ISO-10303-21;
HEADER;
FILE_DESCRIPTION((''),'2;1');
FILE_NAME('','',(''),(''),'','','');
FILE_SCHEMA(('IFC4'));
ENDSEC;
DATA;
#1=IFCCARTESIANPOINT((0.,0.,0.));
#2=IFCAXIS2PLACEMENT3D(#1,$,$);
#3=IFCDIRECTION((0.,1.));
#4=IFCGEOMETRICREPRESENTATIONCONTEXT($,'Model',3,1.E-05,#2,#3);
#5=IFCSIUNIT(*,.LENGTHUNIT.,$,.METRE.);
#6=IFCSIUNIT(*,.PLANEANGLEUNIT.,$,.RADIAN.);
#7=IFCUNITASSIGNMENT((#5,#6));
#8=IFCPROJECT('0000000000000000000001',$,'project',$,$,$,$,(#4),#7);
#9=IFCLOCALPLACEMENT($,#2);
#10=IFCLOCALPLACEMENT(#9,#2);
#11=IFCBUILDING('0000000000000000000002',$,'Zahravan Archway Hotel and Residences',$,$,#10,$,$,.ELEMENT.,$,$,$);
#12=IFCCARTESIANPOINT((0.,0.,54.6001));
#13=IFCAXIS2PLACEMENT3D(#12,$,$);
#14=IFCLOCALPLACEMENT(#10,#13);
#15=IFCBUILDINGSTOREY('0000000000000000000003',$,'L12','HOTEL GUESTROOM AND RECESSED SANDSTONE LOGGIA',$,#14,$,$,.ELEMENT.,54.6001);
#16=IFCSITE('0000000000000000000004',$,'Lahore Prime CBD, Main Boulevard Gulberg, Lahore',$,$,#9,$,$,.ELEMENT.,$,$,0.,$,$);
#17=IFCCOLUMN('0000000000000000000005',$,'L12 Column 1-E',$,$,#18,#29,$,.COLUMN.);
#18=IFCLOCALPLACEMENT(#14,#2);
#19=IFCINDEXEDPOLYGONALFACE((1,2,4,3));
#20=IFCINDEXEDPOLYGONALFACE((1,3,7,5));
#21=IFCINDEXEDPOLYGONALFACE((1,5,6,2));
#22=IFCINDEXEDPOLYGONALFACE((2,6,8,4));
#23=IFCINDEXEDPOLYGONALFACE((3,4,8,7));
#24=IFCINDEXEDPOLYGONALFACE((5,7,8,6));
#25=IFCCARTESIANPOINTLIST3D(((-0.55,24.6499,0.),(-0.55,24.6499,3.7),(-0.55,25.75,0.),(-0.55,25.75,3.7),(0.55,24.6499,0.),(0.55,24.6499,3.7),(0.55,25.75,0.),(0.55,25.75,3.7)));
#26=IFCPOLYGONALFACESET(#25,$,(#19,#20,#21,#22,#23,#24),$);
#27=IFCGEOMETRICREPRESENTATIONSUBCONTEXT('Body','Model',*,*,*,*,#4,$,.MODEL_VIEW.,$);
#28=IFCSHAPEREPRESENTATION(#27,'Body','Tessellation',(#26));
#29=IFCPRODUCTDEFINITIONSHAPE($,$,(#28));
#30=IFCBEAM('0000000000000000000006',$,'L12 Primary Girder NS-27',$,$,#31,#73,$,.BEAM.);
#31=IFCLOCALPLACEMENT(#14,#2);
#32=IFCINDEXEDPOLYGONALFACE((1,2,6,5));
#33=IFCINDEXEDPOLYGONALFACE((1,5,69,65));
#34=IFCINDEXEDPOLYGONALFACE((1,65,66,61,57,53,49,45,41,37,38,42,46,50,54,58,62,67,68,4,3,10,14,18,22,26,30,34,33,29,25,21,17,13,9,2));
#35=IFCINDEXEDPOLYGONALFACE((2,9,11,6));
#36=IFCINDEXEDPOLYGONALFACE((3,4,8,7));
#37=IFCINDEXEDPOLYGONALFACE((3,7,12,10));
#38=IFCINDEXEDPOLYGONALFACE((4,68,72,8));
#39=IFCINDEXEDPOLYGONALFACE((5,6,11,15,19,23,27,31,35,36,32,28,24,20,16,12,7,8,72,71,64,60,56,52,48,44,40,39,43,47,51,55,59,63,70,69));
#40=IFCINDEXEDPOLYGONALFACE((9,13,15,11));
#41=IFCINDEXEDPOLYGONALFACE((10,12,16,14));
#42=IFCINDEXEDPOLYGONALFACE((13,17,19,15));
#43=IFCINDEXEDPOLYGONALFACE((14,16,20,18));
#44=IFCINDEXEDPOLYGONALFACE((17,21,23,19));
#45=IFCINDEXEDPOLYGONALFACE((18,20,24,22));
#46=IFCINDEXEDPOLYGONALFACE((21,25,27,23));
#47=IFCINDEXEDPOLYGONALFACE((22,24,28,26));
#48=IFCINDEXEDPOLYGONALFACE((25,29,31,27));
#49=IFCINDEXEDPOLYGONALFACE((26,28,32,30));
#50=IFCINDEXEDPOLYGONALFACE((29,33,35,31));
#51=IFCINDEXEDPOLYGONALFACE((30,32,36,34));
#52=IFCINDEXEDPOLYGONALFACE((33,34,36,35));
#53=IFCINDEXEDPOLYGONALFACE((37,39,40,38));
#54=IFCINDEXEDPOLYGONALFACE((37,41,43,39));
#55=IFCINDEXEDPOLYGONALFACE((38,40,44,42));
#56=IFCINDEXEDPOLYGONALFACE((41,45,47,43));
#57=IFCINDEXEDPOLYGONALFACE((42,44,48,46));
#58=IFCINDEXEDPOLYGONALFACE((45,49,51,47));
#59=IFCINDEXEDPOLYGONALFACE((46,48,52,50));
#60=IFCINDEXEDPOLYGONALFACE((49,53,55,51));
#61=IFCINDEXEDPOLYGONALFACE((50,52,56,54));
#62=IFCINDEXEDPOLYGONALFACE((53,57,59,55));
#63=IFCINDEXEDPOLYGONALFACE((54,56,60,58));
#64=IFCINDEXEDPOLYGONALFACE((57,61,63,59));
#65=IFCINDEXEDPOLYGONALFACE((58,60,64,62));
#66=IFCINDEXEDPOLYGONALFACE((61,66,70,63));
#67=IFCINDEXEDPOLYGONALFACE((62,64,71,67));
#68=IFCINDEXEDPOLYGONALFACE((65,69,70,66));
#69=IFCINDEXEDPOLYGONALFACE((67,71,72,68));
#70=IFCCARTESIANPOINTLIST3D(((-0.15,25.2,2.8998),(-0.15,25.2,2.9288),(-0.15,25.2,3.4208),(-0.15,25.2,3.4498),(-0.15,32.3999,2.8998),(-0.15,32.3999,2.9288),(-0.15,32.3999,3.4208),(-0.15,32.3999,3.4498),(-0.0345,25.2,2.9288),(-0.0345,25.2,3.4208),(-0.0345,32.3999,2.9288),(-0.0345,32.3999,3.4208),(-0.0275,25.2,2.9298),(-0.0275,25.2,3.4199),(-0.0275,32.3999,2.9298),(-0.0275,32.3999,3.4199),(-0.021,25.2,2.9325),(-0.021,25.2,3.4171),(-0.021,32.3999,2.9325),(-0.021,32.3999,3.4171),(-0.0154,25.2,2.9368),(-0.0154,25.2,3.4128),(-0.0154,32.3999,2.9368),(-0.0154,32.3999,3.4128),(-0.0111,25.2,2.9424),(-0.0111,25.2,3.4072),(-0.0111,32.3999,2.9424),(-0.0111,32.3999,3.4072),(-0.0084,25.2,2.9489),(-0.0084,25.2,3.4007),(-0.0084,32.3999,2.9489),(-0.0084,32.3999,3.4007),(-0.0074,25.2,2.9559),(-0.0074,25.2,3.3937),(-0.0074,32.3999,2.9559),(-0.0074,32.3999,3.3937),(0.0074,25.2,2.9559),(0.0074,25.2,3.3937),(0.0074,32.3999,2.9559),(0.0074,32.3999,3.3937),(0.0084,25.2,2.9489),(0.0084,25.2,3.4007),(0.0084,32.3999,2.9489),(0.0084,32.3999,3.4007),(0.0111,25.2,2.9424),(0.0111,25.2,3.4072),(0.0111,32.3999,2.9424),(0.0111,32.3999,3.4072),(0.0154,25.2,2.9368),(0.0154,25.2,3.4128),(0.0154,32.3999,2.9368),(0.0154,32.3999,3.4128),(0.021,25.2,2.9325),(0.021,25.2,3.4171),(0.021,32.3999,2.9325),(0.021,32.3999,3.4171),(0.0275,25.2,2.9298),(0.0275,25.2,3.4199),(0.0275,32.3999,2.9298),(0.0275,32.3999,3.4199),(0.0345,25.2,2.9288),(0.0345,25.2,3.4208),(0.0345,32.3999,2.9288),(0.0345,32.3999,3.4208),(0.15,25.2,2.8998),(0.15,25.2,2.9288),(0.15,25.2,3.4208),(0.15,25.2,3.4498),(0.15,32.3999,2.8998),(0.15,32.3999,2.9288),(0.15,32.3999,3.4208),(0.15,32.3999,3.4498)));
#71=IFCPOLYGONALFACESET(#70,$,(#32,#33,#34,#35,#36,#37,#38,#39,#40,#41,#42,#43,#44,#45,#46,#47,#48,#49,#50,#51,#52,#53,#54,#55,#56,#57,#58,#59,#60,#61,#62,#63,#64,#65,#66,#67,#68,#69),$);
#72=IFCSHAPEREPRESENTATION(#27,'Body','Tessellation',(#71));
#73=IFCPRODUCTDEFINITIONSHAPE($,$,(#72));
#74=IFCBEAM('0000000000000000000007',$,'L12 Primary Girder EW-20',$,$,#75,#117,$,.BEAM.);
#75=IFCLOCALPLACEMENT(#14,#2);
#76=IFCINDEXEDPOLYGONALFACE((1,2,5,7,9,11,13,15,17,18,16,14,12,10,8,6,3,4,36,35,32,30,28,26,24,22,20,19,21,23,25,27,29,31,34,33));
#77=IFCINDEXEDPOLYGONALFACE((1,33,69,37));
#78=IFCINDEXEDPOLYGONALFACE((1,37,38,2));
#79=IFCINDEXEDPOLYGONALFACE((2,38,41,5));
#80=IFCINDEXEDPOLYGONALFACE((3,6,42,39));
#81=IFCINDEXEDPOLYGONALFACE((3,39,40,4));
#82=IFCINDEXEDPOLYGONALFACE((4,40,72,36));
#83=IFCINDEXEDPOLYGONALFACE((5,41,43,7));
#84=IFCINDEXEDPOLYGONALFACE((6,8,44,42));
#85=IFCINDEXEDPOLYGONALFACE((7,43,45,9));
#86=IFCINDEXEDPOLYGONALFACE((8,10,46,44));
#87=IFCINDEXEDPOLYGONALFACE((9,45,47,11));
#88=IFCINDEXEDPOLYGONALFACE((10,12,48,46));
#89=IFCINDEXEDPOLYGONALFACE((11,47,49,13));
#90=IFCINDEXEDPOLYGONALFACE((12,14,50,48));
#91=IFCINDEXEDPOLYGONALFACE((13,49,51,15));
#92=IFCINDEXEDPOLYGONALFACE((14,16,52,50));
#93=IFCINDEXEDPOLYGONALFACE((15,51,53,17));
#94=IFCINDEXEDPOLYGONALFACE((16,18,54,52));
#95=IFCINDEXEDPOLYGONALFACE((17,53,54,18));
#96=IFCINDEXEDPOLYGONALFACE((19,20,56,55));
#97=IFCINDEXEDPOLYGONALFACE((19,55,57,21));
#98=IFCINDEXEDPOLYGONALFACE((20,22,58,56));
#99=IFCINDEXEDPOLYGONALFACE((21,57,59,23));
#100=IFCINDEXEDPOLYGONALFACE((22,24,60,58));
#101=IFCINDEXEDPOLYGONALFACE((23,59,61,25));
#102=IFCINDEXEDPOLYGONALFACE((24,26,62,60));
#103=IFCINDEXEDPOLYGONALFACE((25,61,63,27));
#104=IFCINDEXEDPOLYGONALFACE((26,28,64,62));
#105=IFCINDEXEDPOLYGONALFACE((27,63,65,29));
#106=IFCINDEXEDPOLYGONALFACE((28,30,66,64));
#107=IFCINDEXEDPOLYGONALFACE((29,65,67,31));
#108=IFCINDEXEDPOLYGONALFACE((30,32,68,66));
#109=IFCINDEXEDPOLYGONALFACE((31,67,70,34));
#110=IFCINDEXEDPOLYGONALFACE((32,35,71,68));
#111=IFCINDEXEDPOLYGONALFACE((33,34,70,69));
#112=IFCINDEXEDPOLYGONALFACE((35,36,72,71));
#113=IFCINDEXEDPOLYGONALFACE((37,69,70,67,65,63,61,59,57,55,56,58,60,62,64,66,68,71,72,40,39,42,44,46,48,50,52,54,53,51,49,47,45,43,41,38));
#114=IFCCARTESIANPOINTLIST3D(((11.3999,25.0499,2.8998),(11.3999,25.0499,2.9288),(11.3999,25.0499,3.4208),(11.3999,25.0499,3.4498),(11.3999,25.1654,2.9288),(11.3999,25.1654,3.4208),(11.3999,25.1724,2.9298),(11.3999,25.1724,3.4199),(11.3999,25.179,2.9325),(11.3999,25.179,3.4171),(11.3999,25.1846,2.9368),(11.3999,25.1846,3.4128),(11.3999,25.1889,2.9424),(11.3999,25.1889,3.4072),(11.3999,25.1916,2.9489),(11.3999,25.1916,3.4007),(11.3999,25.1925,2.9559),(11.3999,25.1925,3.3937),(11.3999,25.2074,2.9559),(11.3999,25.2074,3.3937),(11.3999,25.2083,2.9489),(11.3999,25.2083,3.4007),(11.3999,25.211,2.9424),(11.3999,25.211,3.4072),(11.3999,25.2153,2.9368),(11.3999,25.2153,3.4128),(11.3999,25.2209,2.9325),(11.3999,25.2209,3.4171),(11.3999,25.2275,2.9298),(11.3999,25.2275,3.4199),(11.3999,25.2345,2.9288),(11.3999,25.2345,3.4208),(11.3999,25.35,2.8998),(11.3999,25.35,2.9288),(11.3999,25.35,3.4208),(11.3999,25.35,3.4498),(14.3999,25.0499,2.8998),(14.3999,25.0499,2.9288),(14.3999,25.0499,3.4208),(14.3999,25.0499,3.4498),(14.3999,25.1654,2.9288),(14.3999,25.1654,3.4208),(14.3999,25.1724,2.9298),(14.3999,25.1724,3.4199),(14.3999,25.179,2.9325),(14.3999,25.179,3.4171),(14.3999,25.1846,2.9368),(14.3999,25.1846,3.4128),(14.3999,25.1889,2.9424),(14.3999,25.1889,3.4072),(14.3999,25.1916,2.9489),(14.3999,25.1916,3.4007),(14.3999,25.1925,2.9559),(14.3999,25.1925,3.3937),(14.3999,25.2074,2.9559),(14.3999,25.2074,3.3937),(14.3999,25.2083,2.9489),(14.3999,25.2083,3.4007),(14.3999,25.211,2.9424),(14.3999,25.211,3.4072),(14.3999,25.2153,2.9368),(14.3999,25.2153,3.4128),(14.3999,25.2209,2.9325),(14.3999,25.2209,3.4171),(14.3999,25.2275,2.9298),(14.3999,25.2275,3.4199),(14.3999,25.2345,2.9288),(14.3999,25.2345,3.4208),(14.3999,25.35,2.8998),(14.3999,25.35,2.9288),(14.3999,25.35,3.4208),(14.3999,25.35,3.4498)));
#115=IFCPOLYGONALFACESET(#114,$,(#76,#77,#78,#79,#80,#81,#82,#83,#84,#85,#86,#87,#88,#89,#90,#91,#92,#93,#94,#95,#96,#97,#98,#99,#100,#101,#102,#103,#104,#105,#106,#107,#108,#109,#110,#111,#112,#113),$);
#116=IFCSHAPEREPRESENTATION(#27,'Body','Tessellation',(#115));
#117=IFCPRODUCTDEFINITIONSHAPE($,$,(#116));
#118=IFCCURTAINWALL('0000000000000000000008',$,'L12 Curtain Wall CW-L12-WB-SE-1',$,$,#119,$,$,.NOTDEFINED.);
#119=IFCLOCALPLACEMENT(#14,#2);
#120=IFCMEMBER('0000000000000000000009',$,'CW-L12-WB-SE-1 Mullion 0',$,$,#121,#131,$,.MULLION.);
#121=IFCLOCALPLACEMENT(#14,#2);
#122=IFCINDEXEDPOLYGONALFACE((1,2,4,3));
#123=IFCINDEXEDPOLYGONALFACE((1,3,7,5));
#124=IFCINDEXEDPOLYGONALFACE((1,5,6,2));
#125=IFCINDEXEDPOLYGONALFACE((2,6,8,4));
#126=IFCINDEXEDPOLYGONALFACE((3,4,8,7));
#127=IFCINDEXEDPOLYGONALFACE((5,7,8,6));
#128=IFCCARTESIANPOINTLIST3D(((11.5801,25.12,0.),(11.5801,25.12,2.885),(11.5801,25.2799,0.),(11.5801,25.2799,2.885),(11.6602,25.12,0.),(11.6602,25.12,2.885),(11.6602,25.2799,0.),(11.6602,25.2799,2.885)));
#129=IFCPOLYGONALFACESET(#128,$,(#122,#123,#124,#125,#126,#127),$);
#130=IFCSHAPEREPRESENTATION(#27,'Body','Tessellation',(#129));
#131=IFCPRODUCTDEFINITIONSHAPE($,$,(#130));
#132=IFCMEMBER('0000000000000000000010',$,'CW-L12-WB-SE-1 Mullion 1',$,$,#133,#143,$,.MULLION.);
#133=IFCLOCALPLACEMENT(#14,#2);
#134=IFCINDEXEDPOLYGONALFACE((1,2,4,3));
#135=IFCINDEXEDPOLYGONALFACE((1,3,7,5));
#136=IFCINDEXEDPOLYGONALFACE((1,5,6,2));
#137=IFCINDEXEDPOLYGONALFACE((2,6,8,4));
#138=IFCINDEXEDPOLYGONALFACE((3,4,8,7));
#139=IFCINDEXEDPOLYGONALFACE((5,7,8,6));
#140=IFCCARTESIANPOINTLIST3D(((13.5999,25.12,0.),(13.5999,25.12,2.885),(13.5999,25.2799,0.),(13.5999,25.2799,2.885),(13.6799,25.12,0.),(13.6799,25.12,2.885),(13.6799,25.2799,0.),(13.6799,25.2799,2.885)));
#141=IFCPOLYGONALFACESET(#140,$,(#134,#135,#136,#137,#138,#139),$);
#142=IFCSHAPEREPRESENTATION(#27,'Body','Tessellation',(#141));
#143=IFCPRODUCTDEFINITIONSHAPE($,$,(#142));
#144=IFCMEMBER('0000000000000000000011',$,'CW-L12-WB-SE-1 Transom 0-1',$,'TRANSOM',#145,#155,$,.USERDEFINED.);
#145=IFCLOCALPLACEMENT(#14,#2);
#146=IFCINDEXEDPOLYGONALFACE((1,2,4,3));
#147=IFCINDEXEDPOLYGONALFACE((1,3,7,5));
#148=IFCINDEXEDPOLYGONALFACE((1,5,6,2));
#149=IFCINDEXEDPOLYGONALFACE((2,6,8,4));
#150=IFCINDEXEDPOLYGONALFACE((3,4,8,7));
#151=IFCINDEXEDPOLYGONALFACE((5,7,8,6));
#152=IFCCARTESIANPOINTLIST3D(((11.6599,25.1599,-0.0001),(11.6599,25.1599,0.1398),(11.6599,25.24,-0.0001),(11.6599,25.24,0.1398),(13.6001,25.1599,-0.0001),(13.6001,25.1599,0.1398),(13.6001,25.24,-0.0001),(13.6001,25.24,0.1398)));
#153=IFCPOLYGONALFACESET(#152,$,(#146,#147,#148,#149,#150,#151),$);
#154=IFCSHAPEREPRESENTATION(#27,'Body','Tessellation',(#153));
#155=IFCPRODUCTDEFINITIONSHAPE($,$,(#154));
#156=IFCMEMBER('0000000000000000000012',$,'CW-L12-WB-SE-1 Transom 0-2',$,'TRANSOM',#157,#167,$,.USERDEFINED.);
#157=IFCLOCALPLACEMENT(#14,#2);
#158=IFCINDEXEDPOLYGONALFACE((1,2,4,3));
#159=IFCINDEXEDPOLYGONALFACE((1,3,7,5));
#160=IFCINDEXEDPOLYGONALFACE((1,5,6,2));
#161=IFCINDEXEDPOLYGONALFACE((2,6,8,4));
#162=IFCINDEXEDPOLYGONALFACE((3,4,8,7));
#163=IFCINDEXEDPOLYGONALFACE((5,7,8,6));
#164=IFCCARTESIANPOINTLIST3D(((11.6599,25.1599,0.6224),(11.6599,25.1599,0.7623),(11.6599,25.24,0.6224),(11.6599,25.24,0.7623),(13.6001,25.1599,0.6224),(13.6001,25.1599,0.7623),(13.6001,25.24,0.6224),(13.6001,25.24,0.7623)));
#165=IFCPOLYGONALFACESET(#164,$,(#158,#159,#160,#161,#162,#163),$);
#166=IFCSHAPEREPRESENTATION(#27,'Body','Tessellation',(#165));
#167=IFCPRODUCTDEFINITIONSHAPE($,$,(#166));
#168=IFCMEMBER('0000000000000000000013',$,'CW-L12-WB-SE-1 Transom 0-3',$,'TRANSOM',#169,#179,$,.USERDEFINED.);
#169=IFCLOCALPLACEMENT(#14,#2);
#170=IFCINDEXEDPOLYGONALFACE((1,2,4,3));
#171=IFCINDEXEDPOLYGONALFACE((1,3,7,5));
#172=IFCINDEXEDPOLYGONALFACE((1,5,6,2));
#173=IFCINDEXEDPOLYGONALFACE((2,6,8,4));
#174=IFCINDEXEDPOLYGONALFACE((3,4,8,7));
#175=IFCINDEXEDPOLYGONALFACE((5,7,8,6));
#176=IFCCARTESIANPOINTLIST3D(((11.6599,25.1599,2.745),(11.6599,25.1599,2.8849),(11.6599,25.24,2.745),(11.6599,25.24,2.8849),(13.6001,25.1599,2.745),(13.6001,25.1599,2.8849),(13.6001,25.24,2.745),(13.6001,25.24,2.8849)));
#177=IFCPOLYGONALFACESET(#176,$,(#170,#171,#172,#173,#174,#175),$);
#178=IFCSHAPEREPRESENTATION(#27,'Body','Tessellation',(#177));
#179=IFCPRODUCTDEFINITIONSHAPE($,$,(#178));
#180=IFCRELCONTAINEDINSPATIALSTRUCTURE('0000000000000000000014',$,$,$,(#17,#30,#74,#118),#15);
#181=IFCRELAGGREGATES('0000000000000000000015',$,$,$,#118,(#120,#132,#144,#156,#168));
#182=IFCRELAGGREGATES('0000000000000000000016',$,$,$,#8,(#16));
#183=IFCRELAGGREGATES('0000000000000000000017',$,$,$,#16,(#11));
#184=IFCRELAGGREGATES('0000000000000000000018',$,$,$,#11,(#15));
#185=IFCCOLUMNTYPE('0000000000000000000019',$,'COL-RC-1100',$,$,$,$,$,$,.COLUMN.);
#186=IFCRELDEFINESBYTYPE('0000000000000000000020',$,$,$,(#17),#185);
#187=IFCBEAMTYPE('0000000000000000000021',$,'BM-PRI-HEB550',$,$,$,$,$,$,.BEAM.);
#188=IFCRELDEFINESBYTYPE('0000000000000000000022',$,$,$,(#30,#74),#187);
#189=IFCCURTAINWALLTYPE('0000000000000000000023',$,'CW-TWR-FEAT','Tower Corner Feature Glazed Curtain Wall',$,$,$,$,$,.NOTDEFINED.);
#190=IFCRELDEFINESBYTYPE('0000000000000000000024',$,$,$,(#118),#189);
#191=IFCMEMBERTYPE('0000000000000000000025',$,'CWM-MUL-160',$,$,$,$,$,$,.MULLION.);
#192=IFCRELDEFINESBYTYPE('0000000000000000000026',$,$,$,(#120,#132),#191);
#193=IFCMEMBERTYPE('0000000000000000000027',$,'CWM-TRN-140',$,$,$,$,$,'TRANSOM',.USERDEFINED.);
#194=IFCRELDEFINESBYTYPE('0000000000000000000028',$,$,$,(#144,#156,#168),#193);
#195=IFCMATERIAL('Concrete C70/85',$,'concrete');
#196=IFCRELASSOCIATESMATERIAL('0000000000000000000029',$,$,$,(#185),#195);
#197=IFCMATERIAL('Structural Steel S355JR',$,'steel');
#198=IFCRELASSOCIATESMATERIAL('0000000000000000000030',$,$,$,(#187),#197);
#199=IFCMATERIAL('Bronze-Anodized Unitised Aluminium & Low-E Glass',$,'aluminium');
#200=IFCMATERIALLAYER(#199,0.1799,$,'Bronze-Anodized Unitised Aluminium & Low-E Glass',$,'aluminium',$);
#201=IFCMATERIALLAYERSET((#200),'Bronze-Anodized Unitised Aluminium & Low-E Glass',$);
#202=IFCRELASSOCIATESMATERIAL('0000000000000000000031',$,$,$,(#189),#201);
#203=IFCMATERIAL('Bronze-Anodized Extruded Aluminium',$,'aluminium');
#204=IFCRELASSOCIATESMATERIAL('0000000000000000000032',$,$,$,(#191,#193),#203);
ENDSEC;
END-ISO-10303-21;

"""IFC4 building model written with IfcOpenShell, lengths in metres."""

from ifc_helpers import new_model, si_unit, direction, frame, origin, origin_2d, place, context, subcontext, project, spatial, rectangle, i_section, extrude, source, transform, mapped, material, layer, layer_set, material_profile, profile_set, type_object, element, aggregate, save


model = new_model("IFC4")

# Units and contexts
model_context = context("Model", 3, precision=1e-05, world=origin(), true_north=direction((0.0, 1.0)))
body_context = subcontext(model_context, "Body", "Model", "MODEL_VIEW")
ifc_project = project(units=[si_unit("LENGTHUNIT", "METRE"), si_unit("PLANEANGLEUNIT", "RADIAN")], contexts=[model_context])

# Site, building, storey
site_placement = place(None, origin())
site = spatial("IfcSite", under=ifc_project, at=site_placement, Name="Lahore Prime CBD, Main Boulevard Gulberg, Lahore", CompositionType="ELEMENT", RefElevation=0.0)
building_placement = place(site_placement, origin())
building = spatial("IfcBuilding", under=site, at=building_placement, Name="Zahravan Archway Hotel and Residences", CompositionType="ELEMENT")
storey_placement = place(building_placement, frame((0.0, 0.0, 54.6001)))
storey = spatial("IfcBuildingStorey", under=building, at=storey_placement, Name="L12", Description="HOTEL GUESTROOM AND RECESSED SANDSTONE LOGGIA", CompositionType="ELEMENT", Elevation=54.6001)

# Column
ifc_material_1 = material(Name="Concrete C70/85", Category="concrete")
ifc_material_profile_1 = material_profile(ifc_material_1, rectangle(XDim=1.1001, YDim=1.1001, at=origin_2d()), Name="RC 1100x1100", Category="concrete")
ifc_profile_set_1 = profile_set([ifc_material_profile_1], Name="Concrete C70/85")
column_type = type_object("IfcColumnType", Name="COL-RC-1100", PredefinedType="COLUMN", material=ifc_profile_set_1)
shared_shape_1 = source(origin(), body_context, "Body", "SweptSolid", [
    extrude(rectangle(XDim=1.1001, YDim=1.1001, at=origin_2d()), origin(), (0.0, 0.0, 1.0), 3.7),
])
column_placement = place(storey_placement, frame((0.0, 25.2, 0.0), z_axis=(0.0, 0.0, 1.0), x_axis=(1.0, 0.0, 0.0)))
element("IfcColumn", 1, at=column_placement, inside=storey, type_object=column_type, Name="L12 Column 1-E", PredefinedType="COLUMN", context=body_context, shape_type="MappedRepresentation", body=[
    mapped(shared_shape_1, transform((0.0, 0.0, 0.0), scale=1.0)),
])

# Beams
ifc_material_2 = material(Name="Structural Steel S355JR", Category="steel")
ifc_material_profile_2 = material_profile(ifc_material_2, i_section(OverallWidth=0.3, OverallDepth=0.55, WebThickness=0.0149, FlangeThickness=0.0291, FilletRadius=0.0271, at=origin_2d()), Name="HEB 550", Category="steel")
ifc_profile_set_2 = profile_set([ifc_material_profile_2], Name="Structural Steel S355JR")
beam_type = type_object("IfcBeamType", Name="BM-PRI-HEB550", PredefinedType="BEAM", material=ifc_profile_set_2)
shared_shape_2 = source(origin(), body_context, "Body", "SweptSolid", [
    extrude(i_section(OverallWidth=0.3, OverallDepth=0.55, WebThickness=0.0149, FlangeThickness=0.0291, FilletRadius=0.0271, at=origin_2d()), origin(), (0.0, 0.0, 1.0), 7.2),
])
beam_1_placement = place(storey_placement, frame((0.0, 25.2, 3.1748), z_axis=(0.0, 1.0, 0.0), x_axis=(-1.0, 0.0, 0.0)))
element("IfcBeam", 2, at=beam_1_placement, inside=storey, type_object=beam_type, Name="L12 Primary Girder NS-27", PredefinedType="BEAM", context=body_context, shape_type="MappedRepresentation", body=[
    mapped(shared_shape_2, transform((0.0, 0.0, 0.0), scale=1.0)),
])
shared_shape_3 = source(origin(), body_context, "Body", "SweptSolid", [
    extrude(i_section(OverallWidth=0.3, OverallDepth=0.55, WebThickness=0.0149, FlangeThickness=0.0291, FilletRadius=0.0271, at=origin_2d()), origin(), (0.0, 0.0, 1.0), 3.0),
])
beam_2_placement = place(storey_placement, frame((11.3999, 25.2, 3.1748), z_axis=(1.0, 0.0, 0.0), x_axis=(0.0, 1.0, 0.0)))
element("IfcBeam", 3, at=beam_2_placement, inside=storey, type_object=beam_type, Name="L12 Primary Girder EW-20", PredefinedType="BEAM", context=body_context, shape_type="MappedRepresentation", body=[
    mapped(shared_shape_3, transform((0.0, 0.0, 0.0), scale=1.0)),
])

# Curtain wall, members
ifc_material_3 = material(Name="Bronze-Anodized Unitised Aluminium & Low-E Glass", Category="aluminium")
ifc_layer_1 = layer(ifc_material_3, 0.1799, Name="Bronze-Anodized Unitised Aluminium & Low-E Glass", Category="aluminium")
ifc_layer_set_1 = layer_set([ifc_layer_1], Name="Bronze-Anodized Unitised Aluminium & Low-E Glass")
curtain_wall_type = type_object("IfcCurtainWallType", Name="CW-TWR-FEAT", Description="Tower Corner Feature Glazed Curtain Wall", PredefinedType="NOTDEFINED", material=ifc_layer_set_1)
curtain_wall_placement = place(storey_placement, origin())
curtain_wall = element("IfcCurtainWall", 4, at=curtain_wall_placement, inside=storey, type_object=curtain_wall_type, Name="L12 Curtain Wall CW-L12-WB-SE-1", PredefinedType="NOTDEFINED")
ifc_material_4 = material(Name="Bronze-Anodized Extruded Aluminium", Category="aluminium")
ifc_material_profile_3 = material_profile(ifc_material_4, rectangle(XDim=0.0801, YDim=0.1599, at=origin_2d()), Name="MUL 80x160", Category="aluminium")
ifc_profile_set_3 = profile_set([ifc_material_profile_3], Name="Bronze-Anodized Extruded Aluminium")
member_type_1 = type_object("IfcMemberType", Name="CWM-MUL-160", PredefinedType="MULLION", material=ifc_profile_set_3)
shared_shape_4 = source(origin(), body_context, "Body", "SweptSolid", [
    extrude(rectangle(XDim=0.0801, YDim=0.1599, at=origin_2d()), origin(), (0.0, 0.0, 1.0), 2.885),
])
member_1_placement = place(storey_placement, frame((11.6201, 25.2, 0.0), z_axis=(0.0, 0.0, 1.0), x_axis=(1.0, 0.0, 0.0)))
member_1 = element("IfcMember", 5, at=member_1_placement, type_object=member_type_1, Name="CW-L12-WB-SE-1 Mullion 0", PredefinedType="MULLION", context=body_context, shape_type="MappedRepresentation", body=[
    mapped(shared_shape_4, transform((0.0, 0.0, 0.0), scale=1.0)),
])
member_2_placement = place(storey_placement, frame((13.6399, 25.2, 0.0), z_axis=(0.0, 0.0, 1.0), x_axis=(1.0, 0.0, 0.0)))
member_2 = element("IfcMember", 6, at=member_2_placement, type_object=member_type_1, Name="CW-L12-WB-SE-1 Mullion 1", PredefinedType="MULLION", context=body_context, shape_type="MappedRepresentation", body=[
    mapped(shared_shape_4, transform((0.0, 0.0, 0.0), scale=1.0)),
])
ifc_material_profile_4 = material_profile(ifc_material_4, rectangle(XDim=0.0801, YDim=0.1399, at=origin_2d()), Name="TRN 80x140", Category="aluminium")
ifc_profile_set_4 = profile_set([ifc_material_profile_4], Name="Bronze-Anodized Extruded Aluminium")
member_type_2 = type_object("IfcMemberType", Name="CWM-TRN-140", ElementType="TRANSOM", PredefinedType="USERDEFINED", material=ifc_profile_set_4)
shared_shape_5 = source(origin(), body_context, "Body", "SweptSolid", [
    extrude(rectangle(XDim=0.0801, YDim=0.1399, at=origin_2d()), origin(), (0.0, 0.0, 1.0), 1.9402),
])
member_3_placement = place(storey_placement, frame((11.6599, 25.2, 0.0698), z_axis=(1.0, 0.0, 0.0), x_axis=(0.0, 1.0, 0.0)))
member_3 = element("IfcMember", 7, at=member_3_placement, type_object=member_type_2, Name="CW-L12-WB-SE-1 Transom 0-1", ObjectType="TRANSOM", PredefinedType="USERDEFINED", context=body_context, shape_type="MappedRepresentation", body=[
    mapped(shared_shape_5, transform((0.0, 0.0, 0.0), scale=1.0)),
])
member_4_placement = place(storey_placement, frame((11.6599, 25.2, 0.6924), z_axis=(1.0, 0.0, 0.0), x_axis=(0.0, 1.0, 0.0)))
member_4 = element("IfcMember", 8, at=member_4_placement, type_object=member_type_2, Name="CW-L12-WB-SE-1 Transom 0-2", ObjectType="TRANSOM", PredefinedType="USERDEFINED", context=body_context, shape_type="MappedRepresentation", body=[
    mapped(shared_shape_5, transform((0.0, 0.0, 0.0), scale=1.0)),
])
member_5_placement = place(storey_placement, frame((11.6599, 25.2, 2.8149), z_axis=(1.0, 0.0, 0.0), x_axis=(0.0, 1.0, 0.0)))
member_5 = element("IfcMember", 9, at=member_5_placement, type_object=member_type_2, Name="CW-L12-WB-SE-1 Transom 0-3", ObjectType="TRANSOM", PredefinedType="USERDEFINED", context=body_context, shape_type="MappedRepresentation", body=[
    mapped(shared_shape_5, transform((0.0, 0.0, 0.0), scale=1.0)),
])

aggregate(curtain_wall, [member_1, member_2, member_3, member_4, member_5])

save(model, "model.ifc")
